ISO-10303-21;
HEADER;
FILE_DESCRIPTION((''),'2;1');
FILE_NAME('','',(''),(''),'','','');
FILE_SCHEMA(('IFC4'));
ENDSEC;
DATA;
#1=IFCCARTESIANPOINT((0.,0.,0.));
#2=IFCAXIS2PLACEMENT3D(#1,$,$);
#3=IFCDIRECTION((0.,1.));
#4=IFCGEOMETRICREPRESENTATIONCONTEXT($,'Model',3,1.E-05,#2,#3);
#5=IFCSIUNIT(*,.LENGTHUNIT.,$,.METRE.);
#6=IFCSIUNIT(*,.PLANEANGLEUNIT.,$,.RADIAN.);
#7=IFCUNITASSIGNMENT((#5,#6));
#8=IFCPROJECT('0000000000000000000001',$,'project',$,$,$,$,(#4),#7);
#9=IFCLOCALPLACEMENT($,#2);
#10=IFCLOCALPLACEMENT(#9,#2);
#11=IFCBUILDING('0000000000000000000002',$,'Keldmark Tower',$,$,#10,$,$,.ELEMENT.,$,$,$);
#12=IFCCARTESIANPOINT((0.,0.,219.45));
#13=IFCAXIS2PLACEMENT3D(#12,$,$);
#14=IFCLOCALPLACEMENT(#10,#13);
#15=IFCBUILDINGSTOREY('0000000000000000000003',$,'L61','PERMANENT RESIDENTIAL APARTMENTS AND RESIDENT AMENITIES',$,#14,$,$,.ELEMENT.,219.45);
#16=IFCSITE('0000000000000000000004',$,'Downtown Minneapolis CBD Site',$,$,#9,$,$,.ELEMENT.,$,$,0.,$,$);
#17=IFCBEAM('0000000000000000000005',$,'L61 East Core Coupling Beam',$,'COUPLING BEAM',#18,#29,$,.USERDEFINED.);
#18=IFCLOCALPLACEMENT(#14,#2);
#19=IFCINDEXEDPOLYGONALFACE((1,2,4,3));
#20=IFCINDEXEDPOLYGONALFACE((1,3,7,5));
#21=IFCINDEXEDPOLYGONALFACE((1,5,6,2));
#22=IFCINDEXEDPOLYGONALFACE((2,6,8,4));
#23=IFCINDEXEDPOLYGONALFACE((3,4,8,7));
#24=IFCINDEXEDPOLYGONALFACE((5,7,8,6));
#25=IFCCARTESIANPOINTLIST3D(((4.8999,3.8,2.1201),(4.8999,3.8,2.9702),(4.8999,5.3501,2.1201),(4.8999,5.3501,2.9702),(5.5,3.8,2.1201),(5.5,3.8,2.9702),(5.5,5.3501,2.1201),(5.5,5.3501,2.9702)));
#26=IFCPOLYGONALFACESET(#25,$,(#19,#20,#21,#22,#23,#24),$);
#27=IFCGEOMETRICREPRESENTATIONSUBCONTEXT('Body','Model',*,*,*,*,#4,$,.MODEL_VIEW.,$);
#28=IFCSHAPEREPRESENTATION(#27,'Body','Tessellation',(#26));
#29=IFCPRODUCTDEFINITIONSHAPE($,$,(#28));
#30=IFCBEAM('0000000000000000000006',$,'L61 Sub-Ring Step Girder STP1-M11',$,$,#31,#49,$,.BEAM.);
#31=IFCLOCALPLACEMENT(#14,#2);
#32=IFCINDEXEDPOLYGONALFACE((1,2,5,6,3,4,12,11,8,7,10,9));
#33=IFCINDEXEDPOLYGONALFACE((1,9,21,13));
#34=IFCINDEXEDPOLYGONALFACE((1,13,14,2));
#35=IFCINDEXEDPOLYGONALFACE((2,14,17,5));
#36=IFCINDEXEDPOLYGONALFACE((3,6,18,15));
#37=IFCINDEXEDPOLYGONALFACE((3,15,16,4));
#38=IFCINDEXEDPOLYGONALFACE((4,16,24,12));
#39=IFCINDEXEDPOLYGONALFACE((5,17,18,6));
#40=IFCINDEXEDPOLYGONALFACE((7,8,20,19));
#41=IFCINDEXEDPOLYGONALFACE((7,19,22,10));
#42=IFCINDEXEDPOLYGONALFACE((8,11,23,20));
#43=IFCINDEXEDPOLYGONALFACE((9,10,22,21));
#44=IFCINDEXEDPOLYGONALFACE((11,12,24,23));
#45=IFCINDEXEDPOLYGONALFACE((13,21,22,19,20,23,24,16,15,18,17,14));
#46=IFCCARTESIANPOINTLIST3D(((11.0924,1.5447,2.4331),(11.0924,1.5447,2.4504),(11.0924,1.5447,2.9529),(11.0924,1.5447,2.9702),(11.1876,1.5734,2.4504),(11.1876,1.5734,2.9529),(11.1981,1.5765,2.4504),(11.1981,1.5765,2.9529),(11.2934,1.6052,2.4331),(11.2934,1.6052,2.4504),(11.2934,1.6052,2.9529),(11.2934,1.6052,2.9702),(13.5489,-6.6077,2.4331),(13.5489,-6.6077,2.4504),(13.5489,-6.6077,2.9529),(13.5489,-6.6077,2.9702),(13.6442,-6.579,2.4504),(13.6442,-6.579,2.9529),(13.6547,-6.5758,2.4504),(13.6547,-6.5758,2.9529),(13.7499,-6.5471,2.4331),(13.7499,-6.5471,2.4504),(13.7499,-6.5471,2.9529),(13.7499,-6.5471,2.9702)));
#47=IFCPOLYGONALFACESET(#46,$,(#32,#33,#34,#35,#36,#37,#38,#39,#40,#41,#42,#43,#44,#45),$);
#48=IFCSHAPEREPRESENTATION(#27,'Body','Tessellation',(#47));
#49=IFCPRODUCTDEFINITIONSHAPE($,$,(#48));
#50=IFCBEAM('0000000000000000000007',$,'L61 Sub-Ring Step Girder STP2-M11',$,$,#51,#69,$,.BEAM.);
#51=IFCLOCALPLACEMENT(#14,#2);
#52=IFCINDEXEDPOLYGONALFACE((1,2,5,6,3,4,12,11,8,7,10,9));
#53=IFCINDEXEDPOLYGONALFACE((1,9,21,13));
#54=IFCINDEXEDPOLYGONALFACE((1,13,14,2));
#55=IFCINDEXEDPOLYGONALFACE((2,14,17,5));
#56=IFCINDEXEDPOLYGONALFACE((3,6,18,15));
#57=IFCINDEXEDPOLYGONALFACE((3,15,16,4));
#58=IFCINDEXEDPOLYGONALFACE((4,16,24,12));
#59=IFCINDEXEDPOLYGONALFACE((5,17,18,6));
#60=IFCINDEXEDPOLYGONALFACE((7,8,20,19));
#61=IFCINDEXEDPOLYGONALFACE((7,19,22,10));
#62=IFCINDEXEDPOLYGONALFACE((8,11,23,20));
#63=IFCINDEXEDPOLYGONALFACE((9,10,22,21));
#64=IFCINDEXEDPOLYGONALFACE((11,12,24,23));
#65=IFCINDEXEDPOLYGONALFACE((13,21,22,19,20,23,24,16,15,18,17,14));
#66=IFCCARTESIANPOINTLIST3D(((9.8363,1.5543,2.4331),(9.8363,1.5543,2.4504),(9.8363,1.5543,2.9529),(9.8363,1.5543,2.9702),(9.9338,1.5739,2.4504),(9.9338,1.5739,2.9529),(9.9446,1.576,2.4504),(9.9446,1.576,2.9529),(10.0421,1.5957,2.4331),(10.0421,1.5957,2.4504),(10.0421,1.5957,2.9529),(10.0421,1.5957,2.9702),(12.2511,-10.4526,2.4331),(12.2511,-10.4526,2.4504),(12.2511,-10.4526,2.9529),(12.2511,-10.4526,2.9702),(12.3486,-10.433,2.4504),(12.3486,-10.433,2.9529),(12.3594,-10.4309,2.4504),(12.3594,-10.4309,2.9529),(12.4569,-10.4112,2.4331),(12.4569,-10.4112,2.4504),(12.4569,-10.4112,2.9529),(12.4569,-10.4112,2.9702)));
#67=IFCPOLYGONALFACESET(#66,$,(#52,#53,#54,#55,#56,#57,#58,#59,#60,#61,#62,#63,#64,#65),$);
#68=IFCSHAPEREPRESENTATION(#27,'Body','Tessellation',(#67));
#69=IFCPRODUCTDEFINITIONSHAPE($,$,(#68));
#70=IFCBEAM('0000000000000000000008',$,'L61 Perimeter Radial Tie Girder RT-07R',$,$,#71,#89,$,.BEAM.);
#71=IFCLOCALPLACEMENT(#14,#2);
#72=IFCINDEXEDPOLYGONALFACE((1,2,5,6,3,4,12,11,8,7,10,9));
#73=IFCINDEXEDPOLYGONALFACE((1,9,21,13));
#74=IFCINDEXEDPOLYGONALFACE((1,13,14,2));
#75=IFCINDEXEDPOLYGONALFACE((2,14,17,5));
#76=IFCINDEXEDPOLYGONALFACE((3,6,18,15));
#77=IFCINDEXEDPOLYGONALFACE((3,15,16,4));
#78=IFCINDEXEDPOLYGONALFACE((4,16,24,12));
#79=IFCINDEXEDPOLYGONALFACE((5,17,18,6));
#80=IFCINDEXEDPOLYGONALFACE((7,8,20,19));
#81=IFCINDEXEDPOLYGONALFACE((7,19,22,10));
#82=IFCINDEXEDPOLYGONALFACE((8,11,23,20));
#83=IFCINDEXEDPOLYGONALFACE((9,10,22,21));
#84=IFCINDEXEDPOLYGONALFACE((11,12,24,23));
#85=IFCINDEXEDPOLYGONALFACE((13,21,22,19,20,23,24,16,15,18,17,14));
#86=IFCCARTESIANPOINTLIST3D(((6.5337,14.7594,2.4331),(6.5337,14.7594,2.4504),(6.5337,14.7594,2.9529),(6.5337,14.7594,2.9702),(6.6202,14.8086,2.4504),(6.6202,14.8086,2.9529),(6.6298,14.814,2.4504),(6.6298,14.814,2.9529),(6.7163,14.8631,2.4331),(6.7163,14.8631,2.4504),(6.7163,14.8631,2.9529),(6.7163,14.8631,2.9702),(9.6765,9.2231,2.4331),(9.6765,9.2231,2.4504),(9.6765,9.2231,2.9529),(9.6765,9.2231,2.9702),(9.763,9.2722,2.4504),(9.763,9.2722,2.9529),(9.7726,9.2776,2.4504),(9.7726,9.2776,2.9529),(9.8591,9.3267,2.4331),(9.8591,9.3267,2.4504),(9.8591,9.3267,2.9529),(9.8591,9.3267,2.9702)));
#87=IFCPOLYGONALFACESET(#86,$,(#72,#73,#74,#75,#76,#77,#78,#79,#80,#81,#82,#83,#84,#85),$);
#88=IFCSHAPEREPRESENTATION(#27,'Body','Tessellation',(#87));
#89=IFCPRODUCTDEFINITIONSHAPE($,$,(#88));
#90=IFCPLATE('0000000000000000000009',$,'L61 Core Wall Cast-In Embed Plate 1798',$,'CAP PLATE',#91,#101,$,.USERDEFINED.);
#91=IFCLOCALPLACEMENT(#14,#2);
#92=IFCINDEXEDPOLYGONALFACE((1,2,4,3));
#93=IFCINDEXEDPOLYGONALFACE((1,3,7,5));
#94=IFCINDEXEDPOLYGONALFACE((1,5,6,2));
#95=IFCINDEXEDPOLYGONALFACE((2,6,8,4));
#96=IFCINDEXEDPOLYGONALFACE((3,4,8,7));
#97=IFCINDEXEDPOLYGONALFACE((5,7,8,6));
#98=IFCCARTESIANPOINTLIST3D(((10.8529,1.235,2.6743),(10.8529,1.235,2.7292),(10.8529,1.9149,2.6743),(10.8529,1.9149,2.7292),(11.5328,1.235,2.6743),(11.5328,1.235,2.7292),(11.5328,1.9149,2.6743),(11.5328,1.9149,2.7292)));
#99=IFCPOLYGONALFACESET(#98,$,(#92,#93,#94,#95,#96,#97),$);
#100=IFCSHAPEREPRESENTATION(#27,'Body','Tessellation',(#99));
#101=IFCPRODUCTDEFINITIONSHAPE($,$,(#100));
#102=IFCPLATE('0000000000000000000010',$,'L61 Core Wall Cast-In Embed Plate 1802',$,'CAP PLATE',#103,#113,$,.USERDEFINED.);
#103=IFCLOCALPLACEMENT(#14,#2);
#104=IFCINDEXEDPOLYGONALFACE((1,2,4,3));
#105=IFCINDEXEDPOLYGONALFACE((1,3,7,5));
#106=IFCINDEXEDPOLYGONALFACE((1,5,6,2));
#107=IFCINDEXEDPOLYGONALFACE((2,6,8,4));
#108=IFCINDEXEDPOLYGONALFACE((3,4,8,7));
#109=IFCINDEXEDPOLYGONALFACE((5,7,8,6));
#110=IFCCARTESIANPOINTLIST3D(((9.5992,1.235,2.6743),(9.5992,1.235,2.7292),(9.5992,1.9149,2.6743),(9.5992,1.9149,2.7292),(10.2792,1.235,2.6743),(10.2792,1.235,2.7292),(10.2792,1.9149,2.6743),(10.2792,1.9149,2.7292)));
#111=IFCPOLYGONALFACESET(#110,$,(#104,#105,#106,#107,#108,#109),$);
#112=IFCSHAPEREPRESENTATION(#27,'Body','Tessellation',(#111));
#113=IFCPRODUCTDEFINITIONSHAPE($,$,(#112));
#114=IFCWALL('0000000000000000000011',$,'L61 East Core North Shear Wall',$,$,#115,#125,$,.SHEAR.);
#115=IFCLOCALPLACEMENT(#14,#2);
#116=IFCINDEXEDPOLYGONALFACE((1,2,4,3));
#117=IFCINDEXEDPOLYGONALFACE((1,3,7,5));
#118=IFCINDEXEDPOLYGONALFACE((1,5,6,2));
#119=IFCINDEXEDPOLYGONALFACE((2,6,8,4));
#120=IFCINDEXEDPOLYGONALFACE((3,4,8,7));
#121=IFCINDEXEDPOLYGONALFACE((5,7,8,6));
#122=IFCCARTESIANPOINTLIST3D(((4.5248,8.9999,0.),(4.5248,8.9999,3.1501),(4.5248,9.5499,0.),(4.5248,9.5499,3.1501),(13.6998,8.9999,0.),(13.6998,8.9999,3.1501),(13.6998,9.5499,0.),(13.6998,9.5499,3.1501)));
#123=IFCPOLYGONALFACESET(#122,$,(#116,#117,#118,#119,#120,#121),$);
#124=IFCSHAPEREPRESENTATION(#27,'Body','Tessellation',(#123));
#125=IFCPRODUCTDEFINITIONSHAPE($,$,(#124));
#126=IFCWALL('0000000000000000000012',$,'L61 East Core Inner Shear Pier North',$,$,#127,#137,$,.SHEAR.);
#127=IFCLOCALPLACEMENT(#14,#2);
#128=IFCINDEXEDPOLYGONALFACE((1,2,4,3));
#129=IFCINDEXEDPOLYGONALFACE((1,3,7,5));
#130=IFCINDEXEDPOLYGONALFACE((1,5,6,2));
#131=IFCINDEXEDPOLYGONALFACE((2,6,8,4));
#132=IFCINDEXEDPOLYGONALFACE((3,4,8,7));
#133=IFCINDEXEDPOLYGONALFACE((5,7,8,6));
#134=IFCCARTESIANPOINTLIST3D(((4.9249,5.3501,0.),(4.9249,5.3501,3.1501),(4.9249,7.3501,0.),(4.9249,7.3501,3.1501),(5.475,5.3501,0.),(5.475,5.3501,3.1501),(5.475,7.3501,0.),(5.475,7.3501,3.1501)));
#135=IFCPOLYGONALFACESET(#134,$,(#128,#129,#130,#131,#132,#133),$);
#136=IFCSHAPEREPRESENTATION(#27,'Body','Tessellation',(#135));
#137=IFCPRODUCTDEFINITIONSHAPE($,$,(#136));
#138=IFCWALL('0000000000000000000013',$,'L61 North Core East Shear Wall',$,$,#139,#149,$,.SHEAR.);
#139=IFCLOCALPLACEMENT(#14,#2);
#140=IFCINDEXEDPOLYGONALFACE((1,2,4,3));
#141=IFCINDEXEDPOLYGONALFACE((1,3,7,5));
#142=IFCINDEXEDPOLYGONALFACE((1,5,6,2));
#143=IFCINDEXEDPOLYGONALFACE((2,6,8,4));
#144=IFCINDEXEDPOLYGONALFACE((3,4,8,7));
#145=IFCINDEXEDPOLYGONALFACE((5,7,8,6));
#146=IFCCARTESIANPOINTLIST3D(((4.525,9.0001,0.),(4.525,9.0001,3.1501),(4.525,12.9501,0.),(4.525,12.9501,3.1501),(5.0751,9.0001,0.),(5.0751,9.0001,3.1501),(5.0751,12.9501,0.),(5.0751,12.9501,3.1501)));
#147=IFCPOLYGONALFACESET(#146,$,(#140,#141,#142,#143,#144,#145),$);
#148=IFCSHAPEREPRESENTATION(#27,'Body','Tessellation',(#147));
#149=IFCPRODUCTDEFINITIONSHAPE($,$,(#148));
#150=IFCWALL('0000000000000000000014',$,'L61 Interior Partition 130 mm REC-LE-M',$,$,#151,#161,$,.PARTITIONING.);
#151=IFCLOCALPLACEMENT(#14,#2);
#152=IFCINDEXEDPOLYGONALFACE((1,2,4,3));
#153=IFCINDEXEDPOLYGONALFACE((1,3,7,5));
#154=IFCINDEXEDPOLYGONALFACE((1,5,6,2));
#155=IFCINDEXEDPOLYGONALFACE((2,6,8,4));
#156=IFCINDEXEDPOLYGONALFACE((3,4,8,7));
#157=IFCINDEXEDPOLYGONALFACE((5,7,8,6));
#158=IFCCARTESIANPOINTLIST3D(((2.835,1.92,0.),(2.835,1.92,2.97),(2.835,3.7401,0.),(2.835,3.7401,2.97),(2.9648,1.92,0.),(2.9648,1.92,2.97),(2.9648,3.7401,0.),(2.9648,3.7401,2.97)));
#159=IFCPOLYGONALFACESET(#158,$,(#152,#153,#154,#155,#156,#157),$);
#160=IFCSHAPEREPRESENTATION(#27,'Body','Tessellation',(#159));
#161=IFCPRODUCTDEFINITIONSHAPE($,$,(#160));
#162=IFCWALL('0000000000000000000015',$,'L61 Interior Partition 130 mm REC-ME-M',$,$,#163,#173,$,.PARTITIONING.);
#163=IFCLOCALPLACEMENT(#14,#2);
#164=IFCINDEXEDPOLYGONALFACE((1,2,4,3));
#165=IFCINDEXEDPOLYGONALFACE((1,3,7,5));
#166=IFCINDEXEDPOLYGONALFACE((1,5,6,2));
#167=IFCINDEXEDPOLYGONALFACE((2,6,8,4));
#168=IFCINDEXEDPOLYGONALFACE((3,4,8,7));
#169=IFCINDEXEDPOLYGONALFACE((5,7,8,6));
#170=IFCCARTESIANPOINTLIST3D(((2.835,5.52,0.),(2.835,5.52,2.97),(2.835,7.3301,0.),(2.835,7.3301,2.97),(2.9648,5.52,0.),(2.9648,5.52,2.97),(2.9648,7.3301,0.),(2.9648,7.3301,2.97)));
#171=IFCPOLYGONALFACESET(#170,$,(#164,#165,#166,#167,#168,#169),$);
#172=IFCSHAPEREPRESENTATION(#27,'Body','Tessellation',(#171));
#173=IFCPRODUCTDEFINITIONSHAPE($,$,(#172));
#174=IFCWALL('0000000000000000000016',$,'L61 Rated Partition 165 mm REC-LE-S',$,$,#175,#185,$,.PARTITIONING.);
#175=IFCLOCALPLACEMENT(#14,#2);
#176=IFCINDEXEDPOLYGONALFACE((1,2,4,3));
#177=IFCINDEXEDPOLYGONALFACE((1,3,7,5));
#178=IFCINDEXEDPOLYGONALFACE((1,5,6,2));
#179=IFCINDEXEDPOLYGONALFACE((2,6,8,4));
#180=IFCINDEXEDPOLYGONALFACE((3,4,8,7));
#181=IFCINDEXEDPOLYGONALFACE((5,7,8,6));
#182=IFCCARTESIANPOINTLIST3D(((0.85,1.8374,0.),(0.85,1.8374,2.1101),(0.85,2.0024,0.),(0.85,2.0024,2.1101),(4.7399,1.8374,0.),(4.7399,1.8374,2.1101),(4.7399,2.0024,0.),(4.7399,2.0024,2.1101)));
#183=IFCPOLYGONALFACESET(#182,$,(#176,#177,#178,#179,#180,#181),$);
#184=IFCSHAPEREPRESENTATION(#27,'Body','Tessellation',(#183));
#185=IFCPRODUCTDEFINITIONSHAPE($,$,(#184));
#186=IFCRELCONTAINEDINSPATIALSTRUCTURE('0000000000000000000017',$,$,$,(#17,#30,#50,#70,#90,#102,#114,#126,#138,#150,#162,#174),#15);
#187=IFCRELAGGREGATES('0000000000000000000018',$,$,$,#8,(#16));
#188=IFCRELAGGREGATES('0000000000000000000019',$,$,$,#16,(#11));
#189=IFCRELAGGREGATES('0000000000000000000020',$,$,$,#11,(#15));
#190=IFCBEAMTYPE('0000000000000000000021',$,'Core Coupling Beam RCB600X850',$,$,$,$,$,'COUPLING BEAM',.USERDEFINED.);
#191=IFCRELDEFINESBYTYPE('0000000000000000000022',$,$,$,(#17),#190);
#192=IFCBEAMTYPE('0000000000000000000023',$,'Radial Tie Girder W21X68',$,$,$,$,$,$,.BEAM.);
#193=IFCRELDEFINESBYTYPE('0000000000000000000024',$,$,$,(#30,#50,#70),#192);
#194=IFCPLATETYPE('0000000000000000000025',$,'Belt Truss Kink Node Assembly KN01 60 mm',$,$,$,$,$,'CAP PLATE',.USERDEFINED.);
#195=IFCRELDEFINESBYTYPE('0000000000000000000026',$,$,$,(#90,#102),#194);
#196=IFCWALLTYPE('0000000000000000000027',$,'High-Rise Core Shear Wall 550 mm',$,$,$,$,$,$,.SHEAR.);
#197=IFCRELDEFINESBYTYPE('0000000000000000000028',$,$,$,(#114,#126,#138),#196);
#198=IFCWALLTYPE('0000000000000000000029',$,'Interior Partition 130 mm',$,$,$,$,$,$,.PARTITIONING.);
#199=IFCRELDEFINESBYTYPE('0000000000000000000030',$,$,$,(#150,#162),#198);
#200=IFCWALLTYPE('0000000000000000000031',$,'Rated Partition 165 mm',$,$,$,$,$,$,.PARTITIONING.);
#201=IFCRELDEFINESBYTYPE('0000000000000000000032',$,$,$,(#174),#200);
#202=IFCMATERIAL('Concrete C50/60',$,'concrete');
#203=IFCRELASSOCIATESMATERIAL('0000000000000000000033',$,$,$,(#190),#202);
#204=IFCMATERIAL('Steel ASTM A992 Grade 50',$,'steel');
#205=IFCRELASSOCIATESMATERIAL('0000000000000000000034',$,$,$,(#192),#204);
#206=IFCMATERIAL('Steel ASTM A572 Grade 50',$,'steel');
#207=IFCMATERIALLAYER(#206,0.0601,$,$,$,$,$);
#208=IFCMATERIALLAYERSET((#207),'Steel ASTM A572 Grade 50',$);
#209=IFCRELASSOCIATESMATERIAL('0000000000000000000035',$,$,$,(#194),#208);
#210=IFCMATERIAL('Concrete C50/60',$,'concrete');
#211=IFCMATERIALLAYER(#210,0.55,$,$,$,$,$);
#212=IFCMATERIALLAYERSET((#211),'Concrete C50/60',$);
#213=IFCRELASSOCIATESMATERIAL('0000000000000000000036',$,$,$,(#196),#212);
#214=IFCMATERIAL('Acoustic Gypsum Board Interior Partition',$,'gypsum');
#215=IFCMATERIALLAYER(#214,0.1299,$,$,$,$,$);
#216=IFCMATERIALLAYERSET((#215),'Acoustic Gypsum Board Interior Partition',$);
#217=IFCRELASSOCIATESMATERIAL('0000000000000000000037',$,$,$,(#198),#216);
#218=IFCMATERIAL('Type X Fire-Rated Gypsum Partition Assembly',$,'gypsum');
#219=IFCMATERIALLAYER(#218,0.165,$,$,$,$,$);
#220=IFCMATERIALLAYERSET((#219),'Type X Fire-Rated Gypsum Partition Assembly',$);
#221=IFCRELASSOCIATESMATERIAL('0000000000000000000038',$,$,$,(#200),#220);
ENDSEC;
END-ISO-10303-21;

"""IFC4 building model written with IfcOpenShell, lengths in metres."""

from ifc_helpers import new_model, si_unit, direction, frame, frame_2d, origin, origin_2d, place, context, subcontext, project, spatial, rectangle, i_section, extrude, material, layer, layer_set, material_profile, profile_set, type_object, element, save


model = new_model("IFC4")

# Units and contexts
model_context = context("Model", 3, precision=1e-05, world=origin(), true_north=direction((0.0, 1.0)))
body_context = subcontext(model_context, "Body", "Model", "MODEL_VIEW")
ifc_project = project(units=[si_unit("LENGTHUNIT", "METRE"), si_unit("PLANEANGLEUNIT", "RADIAN")], contexts=[model_context])

# Site, building, storey
site_placement = place(None, origin())
site = spatial("IfcSite", under=ifc_project, at=site_placement, Name="Downtown Minneapolis CBD Site", CompositionType="ELEMENT", RefElevation=0.0)
building_placement = place(site_placement, origin())
building = spatial("IfcBuilding", under=site, at=building_placement, Name="Keldmark Tower", CompositionType="ELEMENT")
storey_placement = place(building_placement, frame((0.0, 0.0, 219.45)))
storey = spatial("IfcBuildingStorey", under=building, at=storey_placement, Name="L61", Description="PERMANENT RESIDENTIAL APARTMENTS AND RESIDENT AMENITIES", CompositionType="ELEMENT", Elevation=219.45)

# Beams
ifc_material_1 = material(Name="Concrete C50/60", Category="concrete")
ifc_material_profile_1 = material_profile(ifc_material_1, rectangle(XDim=0.6001, YDim=0.8501, at=origin_2d()), Name="RCB600X850")
ifc_profile_set_1 = profile_set([ifc_material_profile_1], Name="Concrete C50/60")
beam_type_1 = type_object("IfcBeamType", Name="Core Coupling Beam RCB600X850", ElementType="COUPLING BEAM", PredefinedType="USERDEFINED", material=ifc_profile_set_1)
beam_1_placement = place(storey_placement, frame((5.2, 3.8, 2.5452), z_axis=(0.0, 1.0, 0.0), x_axis=(-1.0, 0.0, 0.0)))
element("IfcBeam", 1, at=beam_1_placement, inside=storey, type_object=beam_type_1, Name="L61 East Core Coupling Beam", ObjectType="COUPLING BEAM", PredefinedType="USERDEFINED", context=body_context, shape_type="SweptSolid", body=[
    extrude(rectangle(XDim=0.6001, YDim=0.8501, at=origin_2d()), origin(), (0.0, 0.0, 1.0), 1.55),
])
ifc_material_2 = material(Name="Steel ASTM A992 Grade 50", Category="steel")
ifc_material_profile_2 = material_profile(ifc_material_2, i_section(OverallWidth=0.21, OverallDepth=0.5371, WebThickness=0.011, FlangeThickness=0.0173, at=origin_2d()), Name="W21X68")
ifc_profile_set_2 = profile_set([ifc_material_profile_2], Name="Steel ASTM A992 Grade 50")
beam_type_2 = type_object("IfcBeamType", Name="Radial Tie Girder W21X68", PredefinedType="BEAM", material=ifc_profile_set_2)
beam_2_placement = place(storey_placement, frame((11.1929, 1.575, 2.7017), z_axis=(0.288516, -0.957475, 0.0), x_axis=(0.957475, 0.288516, 0.0)))
element("IfcBeam", 2, at=beam_2_placement, inside=storey, type_object=beam_type_2, Name="L61 Sub-Ring Step Girder STP1-M11", PredefinedType="BEAM", context=body_context, shape_type="SweptSolid", body=[
    extrude(i_section(OverallWidth=0.21, OverallDepth=0.5371, WebThickness=0.011, FlangeThickness=0.0173, at=origin_2d()), origin(), (0.0, 0.0, 1.0), 8.5144),
])
beam_3_placement = place(storey_placement, frame((9.9392, 1.575, 2.7017), z_axis=(0.19717, -0.980369, 0.0), x_axis=(0.980369, 0.19717, 0.0)))
element("IfcBeam", 3, at=beam_3_placement, inside=storey, type_object=beam_type_2, Name="L61 Sub-Ring Step Girder STP2-M11", PredefinedType="BEAM", context=body_context, shape_type="SweptSolid", body=[
    extrude(i_section(OverallWidth=0.21, OverallDepth=0.5371, WebThickness=0.011, FlangeThickness=0.0173, at=origin_2d()), origin(), (0.0, 0.0, 1.0), 12.2473),
])
beam_4_placement = place(storey_placement, frame((9.7678, 9.2749, 2.7017), z_axis=(-0.493671, 0.869649, 0.0), x_axis=(-0.869649, -0.493671, 0.0)))
element("IfcBeam", 4, at=beam_4_placement, inside=storey, type_object=beam_type_2, Name="L61 Perimeter Radial Tie Girder RT-07R", PredefinedType="BEAM", context=body_context, shape_type="SweptSolid", body=[
    extrude(i_section(OverallWidth=0.21, OverallDepth=0.5371, WebThickness=0.011, FlangeThickness=0.0173, at=origin_2d()), origin(), (0.0, 0.0, 1.0), 6.3662),
])

# Plates
ifc_material_3 = material(Name="Steel ASTM A572 Grade 50", Category="steel")
ifc_layer_1 = layer(ifc_material_3, 0.0601)
ifc_layer_set_1 = layer_set([ifc_layer_1], Name="Steel ASTM A572 Grade 50")
plate_type = type_object("IfcPlateType", Name="Belt Truss Kink Node Assembly KN01 60 mm", ElementType="CAP PLATE", PredefinedType="USERDEFINED", material=ifc_layer_set_1)
for number, where, z_axis, x_axis, name in (
    (5, (11.1929, 1.575, 2.6743), (0.0, 0.0, 1.0), (1.0, 0.0, 0.0), "L61 Core Wall Cast-In Embed Plate 1798"),
    (6, (9.9392, 1.575, 2.6743), (0.0, 0.0, 1.0), (1.0, 0.0, 0.0), "L61 Core Wall Cast-In Embed Plate 1802"),
):
    element("IfcPlate", number, at=place(storey_placement, frame(where, z_axis=z_axis, x_axis=x_axis)), inside=storey, type_object=plate_type, Name=name, ObjectType="CAP PLATE", PredefinedType="USERDEFINED", context=body_context, shape_type="SweptSolid", body=[
        extrude(rectangle(XDim=0.6799, YDim=0.6799, at=origin_2d()), origin(), (0.0, 0.0, 1.0), 0.0549),
    ])

# Walls
ifc_material_4 = material(Name="Concrete C50/60", Category="concrete")
ifc_layer_2 = layer(ifc_material_4, 0.55)
ifc_layer_set_2 = layer_set([ifc_layer_2], Name="Concrete C50/60")
wall_type_1 = type_object("IfcWallType", Name="High-Rise Core Shear Wall 550 mm", PredefinedType="SHEAR", material=ifc_layer_set_2)
wall_1_placement = place(storey_placement, frame((4.5249, 9.2749, 0.0), z_axis=(0.0, 0.0, 1.0), x_axis=(1.0, 0.0, 0.0)))
element("IfcWall", 7, at=wall_1_placement, inside=storey, type_object=wall_type_1, Name="L61 East Core North Shear Wall", PredefinedType="SHEAR", context=body_context, shape_type="SweptSolid", body=[
    extrude(rectangle(XDim=9.175, YDim=0.55, at=frame_2d((4.5874, 0.0))), origin(), (0.0, 0.0, 1.0), 3.1501),
])
wall_2_placement = place(storey_placement, frame((5.2, 5.3501, 0.0), z_axis=(0.0, 0.0, 1.0), x_axis=(0.0, 1.0, 0.0)))
element("IfcWall", 8, at=wall_2_placement, inside=storey, type_object=wall_type_1, Name="L61 East Core Inner Shear Pier North", PredefinedType="SHEAR", context=body_context, shape_type="SweptSolid", body=[
    extrude(rectangle(XDim=2.0, YDim=0.55, at=frame_2d((1.0, 0.0))), origin(), (0.0, 0.0, 1.0), 3.1501),
])
wall_3_placement = place(storey_placement, frame((4.8, 9.0, 0.0), z_axis=(0.0, 0.0, 1.0), x_axis=(0.0, 1.0, 0.0)))
element("IfcWall", 9, at=wall_3_placement, inside=storey, type_object=wall_type_1, Name="L61 North Core East Shear Wall", PredefinedType="SHEAR", context=body_context, shape_type="SweptSolid", body=[
    extrude(rectangle(XDim=3.95, YDim=0.55, at=frame_2d((1.9751, 0.0))), origin(), (0.0, 0.0, 1.0), 3.1501),
])
ifc_material_5 = material(Name="Acoustic Gypsum Board Interior Partition", Category="gypsum")
ifc_layer_3 = layer(ifc_material_5, 0.1299)
ifc_layer_set_3 = layer_set([ifc_layer_3], Name="Acoustic Gypsum Board Interior Partition")
wall_type_2 = type_object("IfcWallType", Name="Interior Partition 130 mm", PredefinedType="PARTITIONING", material=ifc_layer_set_3)
wall_4_placement = place(storey_placement, frame((2.8999, 1.9199, 0.0), z_axis=(0.0, 0.0, 1.0), x_axis=(0.0, 1.0, 0.0)))
element("IfcWall", 10, at=wall_4_placement, inside=storey, type_object=wall_type_2, Name="L61 Interior Partition 130 mm REC-LE-M", PredefinedType="PARTITIONING", context=body_context, shape_type="SweptSolid", body=[
    extrude(rectangle(XDim=1.8201, YDim=0.1299, at=frame_2d((0.9102, 0.0))), origin(), (0.0, 0.0, 1.0), 2.97),
])
wall_5_placement = place(storey_placement, frame((2.8999, 5.52, 0.0), z_axis=(0.0, 0.0, 1.0), x_axis=(0.0, 1.0, 0.0)))
element("IfcWall", 11, at=wall_5_placement, inside=storey, type_object=wall_type_2, Name="L61 Interior Partition 130 mm REC-ME-M", PredefinedType="PARTITIONING", context=body_context, shape_type="SweptSolid", body=[
    extrude(rectangle(XDim=1.8101, YDim=0.1299, at=frame_2d((0.905, 0.0))), origin(), (0.0, 0.0, 1.0), 2.97),
])
ifc_material_6 = material(Name="Type X Fire-Rated Gypsum Partition Assembly", Category="gypsum")
ifc_layer_4 = layer(ifc_material_6, 0.165)
ifc_layer_set_4 = layer_set([ifc_layer_4], Name="Type X Fire-Rated Gypsum Partition Assembly")
wall_type_3 = type_object("IfcWallType", Name="Rated Partition 165 mm", PredefinedType="PARTITIONING", material=ifc_layer_set_4)
wall_6_placement = place(storey_placement, frame((0.8501, 1.9199, 0.0), z_axis=(0.0, 0.0, 1.0), x_axis=(1.0, 0.0, 0.0)))
element("IfcWall", 12, at=wall_6_placement, inside=storey, type_object=wall_type_3, Name="L61 Rated Partition 165 mm REC-LE-S", PredefinedType="PARTITIONING", context=body_context, shape_type="SweptSolid", body=[
    extrude(rectangle(XDim=3.8899, YDim=0.165, at=frame_2d((1.9448, 0.0))), origin(), (0.0, 0.0, 1.0), 2.1101),
])

save(model, "model.ifc")
